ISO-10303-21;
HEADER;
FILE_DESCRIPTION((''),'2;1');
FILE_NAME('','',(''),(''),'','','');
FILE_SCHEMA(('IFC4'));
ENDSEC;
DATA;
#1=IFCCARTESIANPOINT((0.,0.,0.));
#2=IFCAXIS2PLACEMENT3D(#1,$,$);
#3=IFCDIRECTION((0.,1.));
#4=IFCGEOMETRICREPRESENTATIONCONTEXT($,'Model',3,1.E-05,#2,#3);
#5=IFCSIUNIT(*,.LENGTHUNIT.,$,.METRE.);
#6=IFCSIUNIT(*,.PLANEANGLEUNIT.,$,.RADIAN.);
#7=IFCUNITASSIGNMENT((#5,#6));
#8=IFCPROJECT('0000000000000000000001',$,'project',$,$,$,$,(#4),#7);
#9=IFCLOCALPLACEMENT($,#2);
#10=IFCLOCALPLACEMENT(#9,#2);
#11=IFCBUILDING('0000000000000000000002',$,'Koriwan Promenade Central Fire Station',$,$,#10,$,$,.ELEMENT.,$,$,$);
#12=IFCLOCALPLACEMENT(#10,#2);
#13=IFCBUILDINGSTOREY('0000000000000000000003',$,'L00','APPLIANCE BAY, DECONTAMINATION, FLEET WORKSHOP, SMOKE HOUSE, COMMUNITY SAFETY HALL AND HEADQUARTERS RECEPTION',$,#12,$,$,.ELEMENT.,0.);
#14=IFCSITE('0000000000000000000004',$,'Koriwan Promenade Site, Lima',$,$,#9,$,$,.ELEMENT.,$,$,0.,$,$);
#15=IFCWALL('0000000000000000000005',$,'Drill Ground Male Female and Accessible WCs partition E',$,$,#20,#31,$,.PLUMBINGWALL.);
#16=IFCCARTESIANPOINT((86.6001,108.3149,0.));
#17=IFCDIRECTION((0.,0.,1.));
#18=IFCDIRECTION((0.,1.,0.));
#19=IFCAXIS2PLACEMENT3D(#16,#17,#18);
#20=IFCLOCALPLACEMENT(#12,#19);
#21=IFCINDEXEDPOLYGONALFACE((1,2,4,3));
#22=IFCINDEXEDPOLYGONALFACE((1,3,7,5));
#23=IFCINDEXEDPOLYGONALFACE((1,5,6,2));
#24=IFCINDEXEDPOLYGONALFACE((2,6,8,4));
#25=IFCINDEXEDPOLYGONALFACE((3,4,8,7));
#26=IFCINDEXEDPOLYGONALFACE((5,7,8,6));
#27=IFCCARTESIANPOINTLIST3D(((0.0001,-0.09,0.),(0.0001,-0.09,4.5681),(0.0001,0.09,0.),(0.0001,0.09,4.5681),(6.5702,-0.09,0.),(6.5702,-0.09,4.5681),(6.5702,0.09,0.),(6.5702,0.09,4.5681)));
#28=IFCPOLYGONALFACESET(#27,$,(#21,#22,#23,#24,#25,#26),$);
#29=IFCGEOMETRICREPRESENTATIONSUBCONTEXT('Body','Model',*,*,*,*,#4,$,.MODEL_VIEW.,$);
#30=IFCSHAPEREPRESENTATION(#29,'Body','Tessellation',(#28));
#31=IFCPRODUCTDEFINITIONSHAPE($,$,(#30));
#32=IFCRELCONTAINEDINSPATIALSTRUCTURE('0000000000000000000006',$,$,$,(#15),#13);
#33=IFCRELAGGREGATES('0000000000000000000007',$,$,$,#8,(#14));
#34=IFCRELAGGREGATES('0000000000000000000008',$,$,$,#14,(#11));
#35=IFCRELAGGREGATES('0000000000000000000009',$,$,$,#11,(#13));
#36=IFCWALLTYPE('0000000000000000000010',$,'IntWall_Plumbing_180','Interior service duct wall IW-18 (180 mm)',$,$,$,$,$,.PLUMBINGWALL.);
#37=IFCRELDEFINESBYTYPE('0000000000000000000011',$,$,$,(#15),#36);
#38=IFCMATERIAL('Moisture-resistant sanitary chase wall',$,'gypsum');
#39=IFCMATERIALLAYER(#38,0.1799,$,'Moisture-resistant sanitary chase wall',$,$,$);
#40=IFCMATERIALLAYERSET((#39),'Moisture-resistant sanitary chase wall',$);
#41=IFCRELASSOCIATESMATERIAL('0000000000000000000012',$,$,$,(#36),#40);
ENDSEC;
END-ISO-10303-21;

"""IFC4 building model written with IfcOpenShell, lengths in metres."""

from ifc_helpers import new_model, si_unit, direction, frame, frame_2d, origin, place, context, subcontext, project, spatial, rectangle, extrude, material, layer, layer_set, type_object, element, save


model = new_model("IFC4")

# Units and contexts
model_context = context("Model", 3, precision=1e-05, world=origin(), true_north=direction((0.0, 1.0)))
body_context = subcontext(model_context, "Body", "Model", "MODEL_VIEW")
ifc_project = project(units=[si_unit("LENGTHUNIT", "METRE"), si_unit("PLANEANGLEUNIT", "RADIAN")], contexts=[model_context])

# Site, building, storey
site_placement = place(None, origin())
site = spatial("IfcSite", under=ifc_project, at=site_placement, Name="Koriwan Promenade Site, Lima", CompositionType="ELEMENT", RefElevation=0.0)
building_placement = place(site_placement, origin())
building = spatial("IfcBuilding", under=site, at=building_placement, Name="Koriwan Promenade Central Fire Station", CompositionType="ELEMENT")
storey_placement = place(building_placement, origin())
storey = spatial("IfcBuildingStorey", under=building, at=storey_placement, Name="L00", Description="APPLIANCE BAY, DECONTAMINATION, FLEET WORKSHOP, SMOKE HOUSE, COMMUNITY SAFETY HALL AND HEADQUARTERS RECEPTION", CompositionType="ELEMENT", Elevation=0.0)

# Shared definitions
ifc_material_1 = material(Name="Moisture-resistant sanitary chase wall", Category="gypsum")
ifc_layer_1 = layer(ifc_material_1, 0.1799, Name="Moisture-resistant sanitary chase wall")
ifc_layer_set_1 = layer_set([ifc_layer_1], Name="Moisture-resistant sanitary chase wall")
wall_type_1 = type_object("IfcWallType", Name="IntWall_Plumbing_180", Description="Interior service duct wall IW-18 (180 mm)", PredefinedType="PLUMBINGWALL", material=ifc_layer_set_1)

# Wall
wall_1_placement = place(storey_placement, frame((86.6001, 108.3149, 0.0), z_axis=(0.0, 0.0, 1.0), x_axis=(0.0, 1.0, 0.0)))
element("IfcWall", 1, at=wall_1_placement, inside=storey, type_object=wall_type_1, Name="Drill Ground Male Female and Accessible WCs partition E", PredefinedType="PLUMBINGWALL", context=body_context, shape_type="SweptSolid", body=[
    extrude(rectangle(XDim=6.5701, YDim=0.1799, at=frame_2d((3.2852, 0.0))), origin(), (0.0, 0.0, 1.0), 4.5681),
])

save(model, "model.ifc")
